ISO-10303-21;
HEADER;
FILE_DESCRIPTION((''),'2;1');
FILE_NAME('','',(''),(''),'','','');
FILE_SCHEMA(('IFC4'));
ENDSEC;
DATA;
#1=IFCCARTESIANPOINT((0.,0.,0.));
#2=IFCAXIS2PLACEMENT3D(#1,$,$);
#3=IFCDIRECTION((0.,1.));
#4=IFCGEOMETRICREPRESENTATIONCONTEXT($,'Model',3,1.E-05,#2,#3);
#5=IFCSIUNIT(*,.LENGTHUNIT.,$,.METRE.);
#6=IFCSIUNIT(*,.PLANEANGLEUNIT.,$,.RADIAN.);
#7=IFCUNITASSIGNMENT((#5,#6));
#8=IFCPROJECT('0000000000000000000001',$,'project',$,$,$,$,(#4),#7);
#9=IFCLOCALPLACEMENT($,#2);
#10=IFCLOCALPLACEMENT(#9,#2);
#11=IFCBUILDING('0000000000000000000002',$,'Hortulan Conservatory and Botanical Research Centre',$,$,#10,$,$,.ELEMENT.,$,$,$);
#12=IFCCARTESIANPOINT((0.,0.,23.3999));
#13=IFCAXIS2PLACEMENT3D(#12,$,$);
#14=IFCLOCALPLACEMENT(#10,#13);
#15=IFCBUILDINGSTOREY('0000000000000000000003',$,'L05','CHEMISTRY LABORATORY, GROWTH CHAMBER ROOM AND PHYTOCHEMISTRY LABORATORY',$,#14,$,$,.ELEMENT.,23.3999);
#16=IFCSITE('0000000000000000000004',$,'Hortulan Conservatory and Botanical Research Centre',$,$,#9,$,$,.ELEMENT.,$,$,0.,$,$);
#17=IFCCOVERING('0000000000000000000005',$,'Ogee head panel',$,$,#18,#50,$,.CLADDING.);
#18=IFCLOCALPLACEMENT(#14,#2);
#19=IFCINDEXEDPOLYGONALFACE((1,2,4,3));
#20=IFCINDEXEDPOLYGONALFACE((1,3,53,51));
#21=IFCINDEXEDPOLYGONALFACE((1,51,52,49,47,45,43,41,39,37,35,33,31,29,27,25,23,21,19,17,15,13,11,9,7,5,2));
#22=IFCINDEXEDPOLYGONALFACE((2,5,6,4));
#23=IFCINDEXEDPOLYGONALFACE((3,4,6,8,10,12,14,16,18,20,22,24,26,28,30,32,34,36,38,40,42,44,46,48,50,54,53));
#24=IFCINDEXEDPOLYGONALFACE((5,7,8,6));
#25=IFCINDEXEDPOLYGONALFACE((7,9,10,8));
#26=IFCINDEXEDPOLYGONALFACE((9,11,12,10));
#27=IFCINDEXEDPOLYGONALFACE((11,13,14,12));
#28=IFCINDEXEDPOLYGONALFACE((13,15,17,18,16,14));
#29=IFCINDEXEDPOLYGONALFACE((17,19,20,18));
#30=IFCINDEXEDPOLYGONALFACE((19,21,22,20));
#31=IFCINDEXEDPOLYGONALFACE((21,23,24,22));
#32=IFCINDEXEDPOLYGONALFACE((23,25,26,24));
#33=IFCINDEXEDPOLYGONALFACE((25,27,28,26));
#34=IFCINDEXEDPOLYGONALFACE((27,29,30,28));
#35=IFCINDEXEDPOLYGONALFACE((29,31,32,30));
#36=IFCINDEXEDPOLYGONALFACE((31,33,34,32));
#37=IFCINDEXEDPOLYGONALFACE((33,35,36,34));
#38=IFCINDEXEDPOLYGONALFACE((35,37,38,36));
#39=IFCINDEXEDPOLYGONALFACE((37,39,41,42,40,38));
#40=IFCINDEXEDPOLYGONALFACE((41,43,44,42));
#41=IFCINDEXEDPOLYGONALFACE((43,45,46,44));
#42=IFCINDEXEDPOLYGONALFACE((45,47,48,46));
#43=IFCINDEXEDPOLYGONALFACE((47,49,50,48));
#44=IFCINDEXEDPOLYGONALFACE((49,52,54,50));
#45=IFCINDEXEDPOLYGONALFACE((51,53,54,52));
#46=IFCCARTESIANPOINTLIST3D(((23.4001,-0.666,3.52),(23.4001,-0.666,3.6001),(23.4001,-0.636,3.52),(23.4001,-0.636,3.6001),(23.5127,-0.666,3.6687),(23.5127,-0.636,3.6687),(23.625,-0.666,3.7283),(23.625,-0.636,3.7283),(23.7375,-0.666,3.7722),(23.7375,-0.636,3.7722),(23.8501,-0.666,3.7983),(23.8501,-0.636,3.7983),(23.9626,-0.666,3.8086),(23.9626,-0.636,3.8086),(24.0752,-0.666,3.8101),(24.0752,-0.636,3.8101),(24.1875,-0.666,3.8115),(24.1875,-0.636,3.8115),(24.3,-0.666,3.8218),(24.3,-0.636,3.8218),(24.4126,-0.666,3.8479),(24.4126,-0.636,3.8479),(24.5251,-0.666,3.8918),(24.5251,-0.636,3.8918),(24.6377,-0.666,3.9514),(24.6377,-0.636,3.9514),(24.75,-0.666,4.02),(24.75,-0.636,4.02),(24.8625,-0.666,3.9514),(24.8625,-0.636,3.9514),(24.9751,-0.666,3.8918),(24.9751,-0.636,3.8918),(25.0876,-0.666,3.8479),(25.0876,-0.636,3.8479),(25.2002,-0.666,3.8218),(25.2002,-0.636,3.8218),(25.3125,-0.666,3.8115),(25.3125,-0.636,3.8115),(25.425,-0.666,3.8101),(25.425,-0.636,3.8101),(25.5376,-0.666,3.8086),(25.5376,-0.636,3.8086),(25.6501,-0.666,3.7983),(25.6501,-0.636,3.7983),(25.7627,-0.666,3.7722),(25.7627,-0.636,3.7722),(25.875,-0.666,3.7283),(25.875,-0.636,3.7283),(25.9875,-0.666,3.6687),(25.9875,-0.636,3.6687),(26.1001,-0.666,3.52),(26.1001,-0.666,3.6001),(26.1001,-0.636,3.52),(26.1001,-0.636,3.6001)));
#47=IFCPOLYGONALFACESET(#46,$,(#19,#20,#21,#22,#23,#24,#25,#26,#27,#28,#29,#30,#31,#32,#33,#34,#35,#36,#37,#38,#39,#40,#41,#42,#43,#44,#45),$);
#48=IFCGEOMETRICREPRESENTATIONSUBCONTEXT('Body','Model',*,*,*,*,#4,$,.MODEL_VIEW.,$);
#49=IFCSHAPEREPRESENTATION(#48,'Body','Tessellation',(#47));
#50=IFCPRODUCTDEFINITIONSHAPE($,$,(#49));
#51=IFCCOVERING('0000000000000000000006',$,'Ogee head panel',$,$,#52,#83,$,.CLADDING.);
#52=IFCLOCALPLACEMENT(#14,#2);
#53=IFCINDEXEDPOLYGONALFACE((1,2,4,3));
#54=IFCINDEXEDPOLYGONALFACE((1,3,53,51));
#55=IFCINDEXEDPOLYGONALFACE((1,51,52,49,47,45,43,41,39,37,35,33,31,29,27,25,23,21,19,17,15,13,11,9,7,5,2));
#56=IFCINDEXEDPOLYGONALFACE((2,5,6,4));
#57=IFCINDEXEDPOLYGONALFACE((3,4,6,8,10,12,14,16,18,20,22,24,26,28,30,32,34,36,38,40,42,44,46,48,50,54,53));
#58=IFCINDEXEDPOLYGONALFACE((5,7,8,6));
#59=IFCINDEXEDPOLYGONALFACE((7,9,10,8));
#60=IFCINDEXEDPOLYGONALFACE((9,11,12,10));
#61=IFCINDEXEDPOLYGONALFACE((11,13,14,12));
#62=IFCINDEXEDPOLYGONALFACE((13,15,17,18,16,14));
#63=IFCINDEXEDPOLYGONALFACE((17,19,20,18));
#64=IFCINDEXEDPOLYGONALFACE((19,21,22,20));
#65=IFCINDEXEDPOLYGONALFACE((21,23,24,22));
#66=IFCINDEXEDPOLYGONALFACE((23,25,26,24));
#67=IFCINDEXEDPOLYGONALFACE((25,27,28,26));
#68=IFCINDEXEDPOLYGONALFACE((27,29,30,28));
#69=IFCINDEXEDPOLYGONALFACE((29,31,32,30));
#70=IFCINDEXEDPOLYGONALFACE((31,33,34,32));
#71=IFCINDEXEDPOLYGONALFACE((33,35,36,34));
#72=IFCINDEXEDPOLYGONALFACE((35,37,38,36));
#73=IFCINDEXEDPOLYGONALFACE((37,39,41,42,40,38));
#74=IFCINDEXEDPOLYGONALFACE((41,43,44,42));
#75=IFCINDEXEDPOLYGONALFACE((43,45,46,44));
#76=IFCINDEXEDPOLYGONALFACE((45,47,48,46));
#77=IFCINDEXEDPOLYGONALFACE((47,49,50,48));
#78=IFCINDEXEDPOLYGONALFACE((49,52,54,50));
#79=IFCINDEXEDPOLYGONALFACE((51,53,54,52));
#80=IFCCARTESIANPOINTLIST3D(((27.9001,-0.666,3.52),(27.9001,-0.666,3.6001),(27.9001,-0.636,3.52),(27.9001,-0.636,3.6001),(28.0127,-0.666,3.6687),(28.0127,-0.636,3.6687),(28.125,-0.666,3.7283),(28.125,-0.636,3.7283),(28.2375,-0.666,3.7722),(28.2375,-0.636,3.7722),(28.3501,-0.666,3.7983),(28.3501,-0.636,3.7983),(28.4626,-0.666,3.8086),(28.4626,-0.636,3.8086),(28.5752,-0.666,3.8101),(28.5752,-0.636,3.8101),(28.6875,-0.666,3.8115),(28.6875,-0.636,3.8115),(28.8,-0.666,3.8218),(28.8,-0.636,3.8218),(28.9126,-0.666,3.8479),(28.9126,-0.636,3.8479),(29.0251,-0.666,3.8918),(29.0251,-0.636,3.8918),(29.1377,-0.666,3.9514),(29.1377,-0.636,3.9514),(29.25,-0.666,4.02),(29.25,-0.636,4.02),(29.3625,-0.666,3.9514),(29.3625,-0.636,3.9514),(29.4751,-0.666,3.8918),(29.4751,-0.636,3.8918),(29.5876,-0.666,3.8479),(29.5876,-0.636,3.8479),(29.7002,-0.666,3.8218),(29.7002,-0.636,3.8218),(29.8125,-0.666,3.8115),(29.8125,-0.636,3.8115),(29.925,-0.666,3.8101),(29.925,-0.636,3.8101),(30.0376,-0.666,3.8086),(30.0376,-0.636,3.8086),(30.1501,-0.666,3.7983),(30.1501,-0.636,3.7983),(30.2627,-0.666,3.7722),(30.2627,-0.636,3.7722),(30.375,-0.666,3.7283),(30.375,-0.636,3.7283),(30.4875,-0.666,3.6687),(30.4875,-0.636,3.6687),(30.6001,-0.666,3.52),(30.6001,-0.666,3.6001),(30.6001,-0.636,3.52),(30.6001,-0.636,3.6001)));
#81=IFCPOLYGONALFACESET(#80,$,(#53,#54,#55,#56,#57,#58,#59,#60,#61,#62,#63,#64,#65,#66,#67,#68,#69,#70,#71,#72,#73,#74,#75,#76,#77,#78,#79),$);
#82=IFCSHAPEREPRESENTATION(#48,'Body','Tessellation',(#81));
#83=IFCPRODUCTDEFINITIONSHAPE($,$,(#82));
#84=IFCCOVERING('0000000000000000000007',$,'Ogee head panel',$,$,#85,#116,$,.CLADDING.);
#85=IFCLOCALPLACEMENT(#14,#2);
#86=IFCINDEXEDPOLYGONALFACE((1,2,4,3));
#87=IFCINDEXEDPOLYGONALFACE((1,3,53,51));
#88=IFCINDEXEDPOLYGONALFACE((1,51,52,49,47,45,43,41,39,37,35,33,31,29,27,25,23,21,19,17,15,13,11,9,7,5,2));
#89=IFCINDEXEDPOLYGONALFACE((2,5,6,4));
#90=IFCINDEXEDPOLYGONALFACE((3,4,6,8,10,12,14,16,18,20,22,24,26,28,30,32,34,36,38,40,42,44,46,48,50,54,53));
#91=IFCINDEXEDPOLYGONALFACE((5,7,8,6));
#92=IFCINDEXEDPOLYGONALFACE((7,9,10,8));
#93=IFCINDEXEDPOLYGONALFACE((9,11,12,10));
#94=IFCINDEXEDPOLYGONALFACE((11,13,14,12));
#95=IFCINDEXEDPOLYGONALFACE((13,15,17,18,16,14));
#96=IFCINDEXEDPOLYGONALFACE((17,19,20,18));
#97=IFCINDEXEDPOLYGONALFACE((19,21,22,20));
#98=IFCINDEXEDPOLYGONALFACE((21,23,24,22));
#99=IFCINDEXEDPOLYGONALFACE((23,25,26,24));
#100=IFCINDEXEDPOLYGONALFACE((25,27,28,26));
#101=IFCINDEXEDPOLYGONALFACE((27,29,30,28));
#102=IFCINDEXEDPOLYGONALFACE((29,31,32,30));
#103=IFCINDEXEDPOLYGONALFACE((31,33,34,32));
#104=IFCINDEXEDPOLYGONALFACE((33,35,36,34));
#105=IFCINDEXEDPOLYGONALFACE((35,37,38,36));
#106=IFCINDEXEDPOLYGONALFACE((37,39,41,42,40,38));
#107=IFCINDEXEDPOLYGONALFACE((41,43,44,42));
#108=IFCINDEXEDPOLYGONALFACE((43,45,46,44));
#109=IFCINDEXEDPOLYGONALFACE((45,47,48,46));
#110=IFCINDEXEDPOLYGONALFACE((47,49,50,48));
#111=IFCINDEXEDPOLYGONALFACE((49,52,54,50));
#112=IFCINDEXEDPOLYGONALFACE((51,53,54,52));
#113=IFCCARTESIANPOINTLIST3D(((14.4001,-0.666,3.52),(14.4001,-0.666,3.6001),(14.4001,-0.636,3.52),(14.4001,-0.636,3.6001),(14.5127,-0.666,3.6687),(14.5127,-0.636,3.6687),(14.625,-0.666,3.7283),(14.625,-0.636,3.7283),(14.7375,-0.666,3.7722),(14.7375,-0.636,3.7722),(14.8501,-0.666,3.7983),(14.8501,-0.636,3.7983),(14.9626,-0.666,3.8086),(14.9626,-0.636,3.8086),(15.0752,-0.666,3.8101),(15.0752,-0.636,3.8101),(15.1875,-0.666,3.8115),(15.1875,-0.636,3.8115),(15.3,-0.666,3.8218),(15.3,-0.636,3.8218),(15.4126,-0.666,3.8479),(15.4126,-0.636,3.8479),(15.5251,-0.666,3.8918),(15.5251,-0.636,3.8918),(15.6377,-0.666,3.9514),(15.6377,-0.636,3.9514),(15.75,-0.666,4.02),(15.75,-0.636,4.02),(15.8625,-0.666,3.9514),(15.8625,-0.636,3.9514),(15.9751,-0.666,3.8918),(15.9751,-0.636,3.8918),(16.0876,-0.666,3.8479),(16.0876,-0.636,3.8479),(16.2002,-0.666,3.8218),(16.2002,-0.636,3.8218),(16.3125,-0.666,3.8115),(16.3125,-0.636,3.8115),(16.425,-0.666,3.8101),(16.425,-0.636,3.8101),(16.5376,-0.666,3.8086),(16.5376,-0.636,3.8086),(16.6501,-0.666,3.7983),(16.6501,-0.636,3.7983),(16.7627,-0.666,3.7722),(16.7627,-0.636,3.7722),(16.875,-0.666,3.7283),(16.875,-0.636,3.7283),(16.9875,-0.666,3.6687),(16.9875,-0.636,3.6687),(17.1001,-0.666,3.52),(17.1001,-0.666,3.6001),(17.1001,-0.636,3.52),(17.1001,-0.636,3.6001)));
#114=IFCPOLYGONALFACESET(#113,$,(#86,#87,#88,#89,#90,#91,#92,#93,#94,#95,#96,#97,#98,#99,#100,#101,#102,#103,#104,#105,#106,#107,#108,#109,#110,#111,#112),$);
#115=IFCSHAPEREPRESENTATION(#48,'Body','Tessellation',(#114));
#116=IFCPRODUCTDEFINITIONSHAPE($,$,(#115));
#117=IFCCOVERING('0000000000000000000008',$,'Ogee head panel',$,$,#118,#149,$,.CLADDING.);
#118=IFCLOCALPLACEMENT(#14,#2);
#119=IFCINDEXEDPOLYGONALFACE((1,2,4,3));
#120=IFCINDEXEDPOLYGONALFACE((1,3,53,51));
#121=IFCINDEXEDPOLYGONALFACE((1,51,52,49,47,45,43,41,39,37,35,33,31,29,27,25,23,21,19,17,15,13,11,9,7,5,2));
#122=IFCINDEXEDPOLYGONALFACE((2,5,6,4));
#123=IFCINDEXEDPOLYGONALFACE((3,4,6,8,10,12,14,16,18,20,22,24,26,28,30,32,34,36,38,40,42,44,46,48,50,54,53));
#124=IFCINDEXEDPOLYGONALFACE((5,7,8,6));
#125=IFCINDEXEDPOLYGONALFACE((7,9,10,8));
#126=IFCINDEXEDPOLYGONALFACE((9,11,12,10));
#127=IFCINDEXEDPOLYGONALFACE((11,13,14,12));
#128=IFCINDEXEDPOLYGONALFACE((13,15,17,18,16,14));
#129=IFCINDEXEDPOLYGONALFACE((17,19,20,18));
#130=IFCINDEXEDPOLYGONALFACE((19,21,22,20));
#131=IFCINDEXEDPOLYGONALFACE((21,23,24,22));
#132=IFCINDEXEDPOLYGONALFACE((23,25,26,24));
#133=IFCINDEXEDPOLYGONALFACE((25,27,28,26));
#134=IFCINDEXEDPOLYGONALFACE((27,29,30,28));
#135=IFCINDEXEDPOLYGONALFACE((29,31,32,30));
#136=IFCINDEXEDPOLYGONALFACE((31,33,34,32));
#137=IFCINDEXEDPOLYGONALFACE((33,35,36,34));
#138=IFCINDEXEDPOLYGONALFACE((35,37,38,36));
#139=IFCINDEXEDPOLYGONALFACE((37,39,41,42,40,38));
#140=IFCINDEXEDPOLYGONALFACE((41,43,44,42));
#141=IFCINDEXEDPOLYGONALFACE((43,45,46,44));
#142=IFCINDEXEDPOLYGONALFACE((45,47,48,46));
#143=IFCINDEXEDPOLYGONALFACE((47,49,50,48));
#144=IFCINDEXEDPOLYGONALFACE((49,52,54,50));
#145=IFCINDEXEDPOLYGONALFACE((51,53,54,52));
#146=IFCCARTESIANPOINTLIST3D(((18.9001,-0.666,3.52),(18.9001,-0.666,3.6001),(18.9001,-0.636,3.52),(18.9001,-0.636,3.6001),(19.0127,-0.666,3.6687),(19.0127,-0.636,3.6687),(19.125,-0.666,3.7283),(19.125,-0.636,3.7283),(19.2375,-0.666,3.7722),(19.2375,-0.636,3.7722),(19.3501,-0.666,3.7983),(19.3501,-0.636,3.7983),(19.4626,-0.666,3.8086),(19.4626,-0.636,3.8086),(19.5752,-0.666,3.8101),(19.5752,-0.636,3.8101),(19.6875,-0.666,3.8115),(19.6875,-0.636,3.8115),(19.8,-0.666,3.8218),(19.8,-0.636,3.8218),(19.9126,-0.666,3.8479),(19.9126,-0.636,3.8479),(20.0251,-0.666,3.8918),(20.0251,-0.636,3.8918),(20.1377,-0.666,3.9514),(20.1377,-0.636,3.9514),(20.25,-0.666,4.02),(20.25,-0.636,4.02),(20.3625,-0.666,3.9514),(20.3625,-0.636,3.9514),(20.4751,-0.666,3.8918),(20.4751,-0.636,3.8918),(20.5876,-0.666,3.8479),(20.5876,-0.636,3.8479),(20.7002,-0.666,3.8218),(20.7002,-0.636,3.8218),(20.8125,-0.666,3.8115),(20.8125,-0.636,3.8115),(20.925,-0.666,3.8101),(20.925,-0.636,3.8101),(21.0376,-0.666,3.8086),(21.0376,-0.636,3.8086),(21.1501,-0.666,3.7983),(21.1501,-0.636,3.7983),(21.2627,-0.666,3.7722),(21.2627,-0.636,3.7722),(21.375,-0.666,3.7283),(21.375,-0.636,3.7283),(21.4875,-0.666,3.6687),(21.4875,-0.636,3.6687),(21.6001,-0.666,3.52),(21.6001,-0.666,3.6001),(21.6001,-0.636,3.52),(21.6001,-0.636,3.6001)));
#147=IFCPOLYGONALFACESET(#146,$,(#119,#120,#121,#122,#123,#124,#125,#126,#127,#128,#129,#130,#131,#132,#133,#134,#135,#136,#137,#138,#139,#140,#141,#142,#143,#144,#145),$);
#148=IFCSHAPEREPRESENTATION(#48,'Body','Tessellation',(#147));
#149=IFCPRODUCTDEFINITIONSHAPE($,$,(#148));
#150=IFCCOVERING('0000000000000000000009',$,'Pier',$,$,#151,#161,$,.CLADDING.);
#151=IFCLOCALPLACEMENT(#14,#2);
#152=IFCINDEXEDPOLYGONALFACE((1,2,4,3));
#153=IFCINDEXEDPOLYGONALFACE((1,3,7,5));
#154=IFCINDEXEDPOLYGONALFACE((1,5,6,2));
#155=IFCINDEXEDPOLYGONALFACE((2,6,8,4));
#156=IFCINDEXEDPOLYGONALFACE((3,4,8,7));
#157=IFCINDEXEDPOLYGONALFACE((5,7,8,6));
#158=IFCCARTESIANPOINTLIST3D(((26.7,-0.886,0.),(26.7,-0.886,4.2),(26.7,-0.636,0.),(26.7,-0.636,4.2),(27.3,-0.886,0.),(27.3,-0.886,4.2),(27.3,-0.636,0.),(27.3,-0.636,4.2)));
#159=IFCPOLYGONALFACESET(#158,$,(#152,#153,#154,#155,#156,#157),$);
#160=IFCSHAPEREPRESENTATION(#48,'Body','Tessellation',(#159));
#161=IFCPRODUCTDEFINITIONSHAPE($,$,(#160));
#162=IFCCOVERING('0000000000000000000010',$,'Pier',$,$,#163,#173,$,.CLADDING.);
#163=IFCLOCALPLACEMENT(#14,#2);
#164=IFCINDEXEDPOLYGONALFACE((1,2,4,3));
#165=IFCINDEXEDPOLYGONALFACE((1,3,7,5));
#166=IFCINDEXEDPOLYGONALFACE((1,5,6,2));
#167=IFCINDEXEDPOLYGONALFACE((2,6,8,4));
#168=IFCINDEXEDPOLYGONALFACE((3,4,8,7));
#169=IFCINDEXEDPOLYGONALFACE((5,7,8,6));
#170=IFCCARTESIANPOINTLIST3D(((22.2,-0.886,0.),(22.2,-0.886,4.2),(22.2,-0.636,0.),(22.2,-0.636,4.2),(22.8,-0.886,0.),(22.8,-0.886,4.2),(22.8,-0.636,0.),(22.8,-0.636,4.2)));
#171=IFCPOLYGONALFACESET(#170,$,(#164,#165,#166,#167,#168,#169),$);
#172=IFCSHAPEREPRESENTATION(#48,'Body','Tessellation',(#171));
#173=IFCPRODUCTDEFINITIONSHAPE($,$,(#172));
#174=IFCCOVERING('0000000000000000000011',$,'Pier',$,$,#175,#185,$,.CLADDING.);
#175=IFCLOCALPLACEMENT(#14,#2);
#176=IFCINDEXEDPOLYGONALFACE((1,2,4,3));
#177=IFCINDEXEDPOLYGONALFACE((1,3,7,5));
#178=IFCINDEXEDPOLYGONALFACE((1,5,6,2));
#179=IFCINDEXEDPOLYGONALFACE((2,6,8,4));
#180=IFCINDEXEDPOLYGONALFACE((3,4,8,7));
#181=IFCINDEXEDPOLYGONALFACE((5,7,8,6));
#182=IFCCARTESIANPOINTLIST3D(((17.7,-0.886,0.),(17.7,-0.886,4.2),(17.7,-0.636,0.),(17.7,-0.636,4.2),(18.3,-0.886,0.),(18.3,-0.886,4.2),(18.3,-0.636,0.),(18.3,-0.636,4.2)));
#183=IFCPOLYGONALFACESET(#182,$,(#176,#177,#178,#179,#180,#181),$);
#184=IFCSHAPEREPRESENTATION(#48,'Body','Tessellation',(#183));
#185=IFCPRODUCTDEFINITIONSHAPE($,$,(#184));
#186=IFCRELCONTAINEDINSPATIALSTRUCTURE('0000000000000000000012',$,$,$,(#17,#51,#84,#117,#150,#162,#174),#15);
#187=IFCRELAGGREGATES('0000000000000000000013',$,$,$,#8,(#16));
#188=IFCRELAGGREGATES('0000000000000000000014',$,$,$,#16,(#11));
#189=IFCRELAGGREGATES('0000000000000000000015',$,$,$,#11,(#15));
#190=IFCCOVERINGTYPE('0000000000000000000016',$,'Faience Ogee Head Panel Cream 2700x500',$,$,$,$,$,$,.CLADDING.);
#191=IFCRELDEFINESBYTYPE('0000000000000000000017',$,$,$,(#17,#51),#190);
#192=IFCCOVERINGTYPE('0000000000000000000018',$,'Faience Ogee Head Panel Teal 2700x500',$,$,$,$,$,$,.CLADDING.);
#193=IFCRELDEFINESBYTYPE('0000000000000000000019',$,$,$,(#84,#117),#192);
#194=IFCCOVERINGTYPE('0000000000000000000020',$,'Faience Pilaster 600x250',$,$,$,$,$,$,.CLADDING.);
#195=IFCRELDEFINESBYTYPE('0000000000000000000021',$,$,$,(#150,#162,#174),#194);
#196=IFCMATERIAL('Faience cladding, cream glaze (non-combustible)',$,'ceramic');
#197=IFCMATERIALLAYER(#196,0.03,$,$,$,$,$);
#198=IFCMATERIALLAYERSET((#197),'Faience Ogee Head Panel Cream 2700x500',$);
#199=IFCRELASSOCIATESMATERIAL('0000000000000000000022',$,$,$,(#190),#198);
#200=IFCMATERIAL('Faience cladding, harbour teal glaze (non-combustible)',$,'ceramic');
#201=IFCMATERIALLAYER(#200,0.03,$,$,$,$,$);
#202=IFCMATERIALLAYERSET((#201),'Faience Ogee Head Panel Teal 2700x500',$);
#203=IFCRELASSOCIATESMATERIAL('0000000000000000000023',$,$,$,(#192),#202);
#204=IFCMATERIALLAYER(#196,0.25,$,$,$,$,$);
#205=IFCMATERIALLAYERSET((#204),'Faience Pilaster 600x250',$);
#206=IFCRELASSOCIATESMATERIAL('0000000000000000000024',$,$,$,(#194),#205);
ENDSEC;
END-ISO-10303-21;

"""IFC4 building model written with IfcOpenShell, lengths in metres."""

from ifc_helpers import new_model, si_unit, direction, frame, origin, origin_2d, place, context, subcontext, project, spatial, polyline, rectangle, outline, extrude, material, layer, layer_set, type_object, element, save


model = new_model("IFC4")

# Units and contexts
model_context = context("Model", 3, precision=1e-05, world=origin(), true_north=direction((0.0, 1.0)))
body_context = subcontext(model_context, "Body", "Model", "MODEL_VIEW")
ifc_project = project(units=[si_unit("LENGTHUNIT", "METRE"), si_unit("PLANEANGLEUNIT", "RADIAN")], contexts=[model_context])

# Site, building, storey
site_placement = place(None, origin())
site = spatial("IfcSite", under=ifc_project, at=site_placement, Name="Hortulan Conservatory and Botanical Research Centre", CompositionType="ELEMENT", RefElevation=0.0)
building_placement = place(site_placement, origin())
building = spatial("IfcBuilding", under=site, at=building_placement, Name="Hortulan Conservatory and Botanical Research Centre", CompositionType="ELEMENT")
storey_placement = place(building_placement, frame((0.0, 0.0, 23.3999)))
storey = spatial("IfcBuildingStorey", under=building, at=storey_placement, Name="L05", Description="CHEMISTRY LABORATORY, GROWTH CHAMBER ROOM AND PHYTOCHEMISTRY LABORATORY", CompositionType="ELEMENT", Elevation=23.3999)

# Coverings
ifc_material_1 = material(Name="Faience cladding, cream glaze (non-combustible)", Category="ceramic")
ifc_layer_1 = layer(ifc_material_1, 0.03)
ifc_layer_set_1 = layer_set([ifc_layer_1], Name="Faience Ogee Head Panel Cream 2700x500")
covering_type_1 = type_object("IfcCoveringType", Name="Faience Ogee Head Panel Cream 2700x500", PredefinedType="CLADDING", material=ifc_layer_set_1)
for number, where, z_axis, x_axis, name in (
    (1, (26.1001, -0.6509, 3.52), (0.0, 0.0, 1.0), (-1.0, 0.0, 0.0), "Ogee head panel"),
    (2, (30.6001, -0.6509, 3.52), (0.0, 0.0, 1.0), (-1.0, 0.0, 0.0), "Ogee head panel"),
):
    element("IfcCovering", number, at=place(storey_placement, frame(where, z_axis=z_axis, x_axis=x_axis)), inside=storey, type_object=covering_type_1, Name=name, PredefinedType="CLADDING", context=body_context, shape_type="SweptSolid", body=[
        extrude(outline(polyline([(0.0, 0.0), (2.7, 0.0), (2.7, 0.0801), (2.5874, 0.1487), (2.4751, 0.2083), (2.3625, 0.2522), (2.25, 0.2783), (2.1375, 0.2886), (2.0249, 0.29), (1.9126, 0.2915), (1.8, 0.3018), (1.6875, 0.3279), (1.575, 0.3718), (1.4624, 0.4314), (1.3501, 0.5), (1.2375, 0.4314), (1.125, 0.3718), (1.0125, 0.3279), (0.8999, 0.3018), (0.7876, 0.2915), (0.675, 0.29), (0.5625, 0.2886), (0.45, 0.2783), (0.3374, 0.2522), (0.2251, 0.2083), (0.1125, 0.1487), (0.0, 0.0801), (0.0, 0.0)])), frame((0.0, 0.0151, 0.0), z_axis=(0.0, -1.0, 0.0), x_axis=(1.0, 0.0, 0.0)), (0.0, 0.0, 1.0), 0.03),
    ])
ifc_material_2 = material(Name="Faience cladding, harbour teal glaze (non-combustible)", Category="ceramic")
ifc_layer_2 = layer(ifc_material_2, 0.03)
ifc_layer_set_2 = layer_set([ifc_layer_2], Name="Faience Ogee Head Panel Teal 2700x500")
covering_type_2 = type_object("IfcCoveringType", Name="Faience Ogee Head Panel Teal 2700x500", PredefinedType="CLADDING", material=ifc_layer_set_2)
for number, where, z_axis, x_axis, name in (
    (3, (17.1001, -0.6509, 3.52), (0.0, 0.0, 1.0), (-1.0, 0.0, 0.0), "Ogee head panel"),
    (4, (21.6001, -0.6509, 3.52), (0.0, 0.0, 1.0), (-1.0, 0.0, 0.0), "Ogee head panel"),
):
    element("IfcCovering", number, at=place(storey_placement, frame(where, z_axis=z_axis, x_axis=x_axis)), inside=storey, type_object=covering_type_2, Name=name, PredefinedType="CLADDING", context=body_context, shape_type="SweptSolid", body=[
        extrude(outline(polyline([(0.0, 0.0), (2.7, 0.0), (2.7, 0.0801), (2.5874, 0.1487), (2.4751, 0.2083), (2.3625, 0.2522), (2.25, 0.2783), (2.1375, 0.2886), (2.0249, 0.29), (1.9126, 0.2915), (1.8, 0.3018), (1.6875, 0.3279), (1.575, 0.3718), (1.4624, 0.4314), (1.3501, 0.5), (1.2375, 0.4314), (1.125, 0.3718), (1.0125, 0.3279), (0.8999, 0.3018), (0.7876, 0.2915), (0.675, 0.29), (0.5625, 0.2886), (0.45, 0.2783), (0.3374, 0.2522), (0.2251, 0.2083), (0.1125, 0.1487), (0.0, 0.0801), (0.0, 0.0)])), frame((0.0, 0.0151, 0.0), z_axis=(0.0, -1.0, 0.0), x_axis=(1.0, 0.0, 0.0)), (0.0, 0.0, 1.0), 0.03),
    ])
ifc_layer_3 = layer(ifc_material_1, 0.25)
ifc_layer_set_3 = layer_set([ifc_layer_3], Name="Faience Pilaster 600x250")
covering_type_3 = type_object("IfcCoveringType", Name="Faience Pilaster 600x250", PredefinedType="CLADDING", material=ifc_layer_set_3)
for number, where, z_axis, x_axis, name in (
    (5, (27.0, -0.761, 0.0), (0.0, 0.0, 1.0), (-1.0, 0.0, 0.0), "Pier"),
    (6, (22.5, -0.761, 0.0), (0.0, 0.0, 1.0), (-1.0, 0.0, 0.0), "Pier"),
    (7, (18.0, -0.761, 0.0), (0.0, 0.0, 1.0), (-1.0, 0.0, 0.0), "Pier"),
):
    element("IfcCovering", number, at=place(storey_placement, frame(where, z_axis=z_axis, x_axis=x_axis)), inside=storey, type_object=covering_type_3, Name=name, PredefinedType="CLADDING", context=body_context, shape_type="SweptSolid", body=[
        extrude(rectangle(XDim=0.6001, YDim=0.25, at=origin_2d()), origin(), (0.0, 0.0, 1.0), 4.2),
    ])

save(model, "model.ifc")
